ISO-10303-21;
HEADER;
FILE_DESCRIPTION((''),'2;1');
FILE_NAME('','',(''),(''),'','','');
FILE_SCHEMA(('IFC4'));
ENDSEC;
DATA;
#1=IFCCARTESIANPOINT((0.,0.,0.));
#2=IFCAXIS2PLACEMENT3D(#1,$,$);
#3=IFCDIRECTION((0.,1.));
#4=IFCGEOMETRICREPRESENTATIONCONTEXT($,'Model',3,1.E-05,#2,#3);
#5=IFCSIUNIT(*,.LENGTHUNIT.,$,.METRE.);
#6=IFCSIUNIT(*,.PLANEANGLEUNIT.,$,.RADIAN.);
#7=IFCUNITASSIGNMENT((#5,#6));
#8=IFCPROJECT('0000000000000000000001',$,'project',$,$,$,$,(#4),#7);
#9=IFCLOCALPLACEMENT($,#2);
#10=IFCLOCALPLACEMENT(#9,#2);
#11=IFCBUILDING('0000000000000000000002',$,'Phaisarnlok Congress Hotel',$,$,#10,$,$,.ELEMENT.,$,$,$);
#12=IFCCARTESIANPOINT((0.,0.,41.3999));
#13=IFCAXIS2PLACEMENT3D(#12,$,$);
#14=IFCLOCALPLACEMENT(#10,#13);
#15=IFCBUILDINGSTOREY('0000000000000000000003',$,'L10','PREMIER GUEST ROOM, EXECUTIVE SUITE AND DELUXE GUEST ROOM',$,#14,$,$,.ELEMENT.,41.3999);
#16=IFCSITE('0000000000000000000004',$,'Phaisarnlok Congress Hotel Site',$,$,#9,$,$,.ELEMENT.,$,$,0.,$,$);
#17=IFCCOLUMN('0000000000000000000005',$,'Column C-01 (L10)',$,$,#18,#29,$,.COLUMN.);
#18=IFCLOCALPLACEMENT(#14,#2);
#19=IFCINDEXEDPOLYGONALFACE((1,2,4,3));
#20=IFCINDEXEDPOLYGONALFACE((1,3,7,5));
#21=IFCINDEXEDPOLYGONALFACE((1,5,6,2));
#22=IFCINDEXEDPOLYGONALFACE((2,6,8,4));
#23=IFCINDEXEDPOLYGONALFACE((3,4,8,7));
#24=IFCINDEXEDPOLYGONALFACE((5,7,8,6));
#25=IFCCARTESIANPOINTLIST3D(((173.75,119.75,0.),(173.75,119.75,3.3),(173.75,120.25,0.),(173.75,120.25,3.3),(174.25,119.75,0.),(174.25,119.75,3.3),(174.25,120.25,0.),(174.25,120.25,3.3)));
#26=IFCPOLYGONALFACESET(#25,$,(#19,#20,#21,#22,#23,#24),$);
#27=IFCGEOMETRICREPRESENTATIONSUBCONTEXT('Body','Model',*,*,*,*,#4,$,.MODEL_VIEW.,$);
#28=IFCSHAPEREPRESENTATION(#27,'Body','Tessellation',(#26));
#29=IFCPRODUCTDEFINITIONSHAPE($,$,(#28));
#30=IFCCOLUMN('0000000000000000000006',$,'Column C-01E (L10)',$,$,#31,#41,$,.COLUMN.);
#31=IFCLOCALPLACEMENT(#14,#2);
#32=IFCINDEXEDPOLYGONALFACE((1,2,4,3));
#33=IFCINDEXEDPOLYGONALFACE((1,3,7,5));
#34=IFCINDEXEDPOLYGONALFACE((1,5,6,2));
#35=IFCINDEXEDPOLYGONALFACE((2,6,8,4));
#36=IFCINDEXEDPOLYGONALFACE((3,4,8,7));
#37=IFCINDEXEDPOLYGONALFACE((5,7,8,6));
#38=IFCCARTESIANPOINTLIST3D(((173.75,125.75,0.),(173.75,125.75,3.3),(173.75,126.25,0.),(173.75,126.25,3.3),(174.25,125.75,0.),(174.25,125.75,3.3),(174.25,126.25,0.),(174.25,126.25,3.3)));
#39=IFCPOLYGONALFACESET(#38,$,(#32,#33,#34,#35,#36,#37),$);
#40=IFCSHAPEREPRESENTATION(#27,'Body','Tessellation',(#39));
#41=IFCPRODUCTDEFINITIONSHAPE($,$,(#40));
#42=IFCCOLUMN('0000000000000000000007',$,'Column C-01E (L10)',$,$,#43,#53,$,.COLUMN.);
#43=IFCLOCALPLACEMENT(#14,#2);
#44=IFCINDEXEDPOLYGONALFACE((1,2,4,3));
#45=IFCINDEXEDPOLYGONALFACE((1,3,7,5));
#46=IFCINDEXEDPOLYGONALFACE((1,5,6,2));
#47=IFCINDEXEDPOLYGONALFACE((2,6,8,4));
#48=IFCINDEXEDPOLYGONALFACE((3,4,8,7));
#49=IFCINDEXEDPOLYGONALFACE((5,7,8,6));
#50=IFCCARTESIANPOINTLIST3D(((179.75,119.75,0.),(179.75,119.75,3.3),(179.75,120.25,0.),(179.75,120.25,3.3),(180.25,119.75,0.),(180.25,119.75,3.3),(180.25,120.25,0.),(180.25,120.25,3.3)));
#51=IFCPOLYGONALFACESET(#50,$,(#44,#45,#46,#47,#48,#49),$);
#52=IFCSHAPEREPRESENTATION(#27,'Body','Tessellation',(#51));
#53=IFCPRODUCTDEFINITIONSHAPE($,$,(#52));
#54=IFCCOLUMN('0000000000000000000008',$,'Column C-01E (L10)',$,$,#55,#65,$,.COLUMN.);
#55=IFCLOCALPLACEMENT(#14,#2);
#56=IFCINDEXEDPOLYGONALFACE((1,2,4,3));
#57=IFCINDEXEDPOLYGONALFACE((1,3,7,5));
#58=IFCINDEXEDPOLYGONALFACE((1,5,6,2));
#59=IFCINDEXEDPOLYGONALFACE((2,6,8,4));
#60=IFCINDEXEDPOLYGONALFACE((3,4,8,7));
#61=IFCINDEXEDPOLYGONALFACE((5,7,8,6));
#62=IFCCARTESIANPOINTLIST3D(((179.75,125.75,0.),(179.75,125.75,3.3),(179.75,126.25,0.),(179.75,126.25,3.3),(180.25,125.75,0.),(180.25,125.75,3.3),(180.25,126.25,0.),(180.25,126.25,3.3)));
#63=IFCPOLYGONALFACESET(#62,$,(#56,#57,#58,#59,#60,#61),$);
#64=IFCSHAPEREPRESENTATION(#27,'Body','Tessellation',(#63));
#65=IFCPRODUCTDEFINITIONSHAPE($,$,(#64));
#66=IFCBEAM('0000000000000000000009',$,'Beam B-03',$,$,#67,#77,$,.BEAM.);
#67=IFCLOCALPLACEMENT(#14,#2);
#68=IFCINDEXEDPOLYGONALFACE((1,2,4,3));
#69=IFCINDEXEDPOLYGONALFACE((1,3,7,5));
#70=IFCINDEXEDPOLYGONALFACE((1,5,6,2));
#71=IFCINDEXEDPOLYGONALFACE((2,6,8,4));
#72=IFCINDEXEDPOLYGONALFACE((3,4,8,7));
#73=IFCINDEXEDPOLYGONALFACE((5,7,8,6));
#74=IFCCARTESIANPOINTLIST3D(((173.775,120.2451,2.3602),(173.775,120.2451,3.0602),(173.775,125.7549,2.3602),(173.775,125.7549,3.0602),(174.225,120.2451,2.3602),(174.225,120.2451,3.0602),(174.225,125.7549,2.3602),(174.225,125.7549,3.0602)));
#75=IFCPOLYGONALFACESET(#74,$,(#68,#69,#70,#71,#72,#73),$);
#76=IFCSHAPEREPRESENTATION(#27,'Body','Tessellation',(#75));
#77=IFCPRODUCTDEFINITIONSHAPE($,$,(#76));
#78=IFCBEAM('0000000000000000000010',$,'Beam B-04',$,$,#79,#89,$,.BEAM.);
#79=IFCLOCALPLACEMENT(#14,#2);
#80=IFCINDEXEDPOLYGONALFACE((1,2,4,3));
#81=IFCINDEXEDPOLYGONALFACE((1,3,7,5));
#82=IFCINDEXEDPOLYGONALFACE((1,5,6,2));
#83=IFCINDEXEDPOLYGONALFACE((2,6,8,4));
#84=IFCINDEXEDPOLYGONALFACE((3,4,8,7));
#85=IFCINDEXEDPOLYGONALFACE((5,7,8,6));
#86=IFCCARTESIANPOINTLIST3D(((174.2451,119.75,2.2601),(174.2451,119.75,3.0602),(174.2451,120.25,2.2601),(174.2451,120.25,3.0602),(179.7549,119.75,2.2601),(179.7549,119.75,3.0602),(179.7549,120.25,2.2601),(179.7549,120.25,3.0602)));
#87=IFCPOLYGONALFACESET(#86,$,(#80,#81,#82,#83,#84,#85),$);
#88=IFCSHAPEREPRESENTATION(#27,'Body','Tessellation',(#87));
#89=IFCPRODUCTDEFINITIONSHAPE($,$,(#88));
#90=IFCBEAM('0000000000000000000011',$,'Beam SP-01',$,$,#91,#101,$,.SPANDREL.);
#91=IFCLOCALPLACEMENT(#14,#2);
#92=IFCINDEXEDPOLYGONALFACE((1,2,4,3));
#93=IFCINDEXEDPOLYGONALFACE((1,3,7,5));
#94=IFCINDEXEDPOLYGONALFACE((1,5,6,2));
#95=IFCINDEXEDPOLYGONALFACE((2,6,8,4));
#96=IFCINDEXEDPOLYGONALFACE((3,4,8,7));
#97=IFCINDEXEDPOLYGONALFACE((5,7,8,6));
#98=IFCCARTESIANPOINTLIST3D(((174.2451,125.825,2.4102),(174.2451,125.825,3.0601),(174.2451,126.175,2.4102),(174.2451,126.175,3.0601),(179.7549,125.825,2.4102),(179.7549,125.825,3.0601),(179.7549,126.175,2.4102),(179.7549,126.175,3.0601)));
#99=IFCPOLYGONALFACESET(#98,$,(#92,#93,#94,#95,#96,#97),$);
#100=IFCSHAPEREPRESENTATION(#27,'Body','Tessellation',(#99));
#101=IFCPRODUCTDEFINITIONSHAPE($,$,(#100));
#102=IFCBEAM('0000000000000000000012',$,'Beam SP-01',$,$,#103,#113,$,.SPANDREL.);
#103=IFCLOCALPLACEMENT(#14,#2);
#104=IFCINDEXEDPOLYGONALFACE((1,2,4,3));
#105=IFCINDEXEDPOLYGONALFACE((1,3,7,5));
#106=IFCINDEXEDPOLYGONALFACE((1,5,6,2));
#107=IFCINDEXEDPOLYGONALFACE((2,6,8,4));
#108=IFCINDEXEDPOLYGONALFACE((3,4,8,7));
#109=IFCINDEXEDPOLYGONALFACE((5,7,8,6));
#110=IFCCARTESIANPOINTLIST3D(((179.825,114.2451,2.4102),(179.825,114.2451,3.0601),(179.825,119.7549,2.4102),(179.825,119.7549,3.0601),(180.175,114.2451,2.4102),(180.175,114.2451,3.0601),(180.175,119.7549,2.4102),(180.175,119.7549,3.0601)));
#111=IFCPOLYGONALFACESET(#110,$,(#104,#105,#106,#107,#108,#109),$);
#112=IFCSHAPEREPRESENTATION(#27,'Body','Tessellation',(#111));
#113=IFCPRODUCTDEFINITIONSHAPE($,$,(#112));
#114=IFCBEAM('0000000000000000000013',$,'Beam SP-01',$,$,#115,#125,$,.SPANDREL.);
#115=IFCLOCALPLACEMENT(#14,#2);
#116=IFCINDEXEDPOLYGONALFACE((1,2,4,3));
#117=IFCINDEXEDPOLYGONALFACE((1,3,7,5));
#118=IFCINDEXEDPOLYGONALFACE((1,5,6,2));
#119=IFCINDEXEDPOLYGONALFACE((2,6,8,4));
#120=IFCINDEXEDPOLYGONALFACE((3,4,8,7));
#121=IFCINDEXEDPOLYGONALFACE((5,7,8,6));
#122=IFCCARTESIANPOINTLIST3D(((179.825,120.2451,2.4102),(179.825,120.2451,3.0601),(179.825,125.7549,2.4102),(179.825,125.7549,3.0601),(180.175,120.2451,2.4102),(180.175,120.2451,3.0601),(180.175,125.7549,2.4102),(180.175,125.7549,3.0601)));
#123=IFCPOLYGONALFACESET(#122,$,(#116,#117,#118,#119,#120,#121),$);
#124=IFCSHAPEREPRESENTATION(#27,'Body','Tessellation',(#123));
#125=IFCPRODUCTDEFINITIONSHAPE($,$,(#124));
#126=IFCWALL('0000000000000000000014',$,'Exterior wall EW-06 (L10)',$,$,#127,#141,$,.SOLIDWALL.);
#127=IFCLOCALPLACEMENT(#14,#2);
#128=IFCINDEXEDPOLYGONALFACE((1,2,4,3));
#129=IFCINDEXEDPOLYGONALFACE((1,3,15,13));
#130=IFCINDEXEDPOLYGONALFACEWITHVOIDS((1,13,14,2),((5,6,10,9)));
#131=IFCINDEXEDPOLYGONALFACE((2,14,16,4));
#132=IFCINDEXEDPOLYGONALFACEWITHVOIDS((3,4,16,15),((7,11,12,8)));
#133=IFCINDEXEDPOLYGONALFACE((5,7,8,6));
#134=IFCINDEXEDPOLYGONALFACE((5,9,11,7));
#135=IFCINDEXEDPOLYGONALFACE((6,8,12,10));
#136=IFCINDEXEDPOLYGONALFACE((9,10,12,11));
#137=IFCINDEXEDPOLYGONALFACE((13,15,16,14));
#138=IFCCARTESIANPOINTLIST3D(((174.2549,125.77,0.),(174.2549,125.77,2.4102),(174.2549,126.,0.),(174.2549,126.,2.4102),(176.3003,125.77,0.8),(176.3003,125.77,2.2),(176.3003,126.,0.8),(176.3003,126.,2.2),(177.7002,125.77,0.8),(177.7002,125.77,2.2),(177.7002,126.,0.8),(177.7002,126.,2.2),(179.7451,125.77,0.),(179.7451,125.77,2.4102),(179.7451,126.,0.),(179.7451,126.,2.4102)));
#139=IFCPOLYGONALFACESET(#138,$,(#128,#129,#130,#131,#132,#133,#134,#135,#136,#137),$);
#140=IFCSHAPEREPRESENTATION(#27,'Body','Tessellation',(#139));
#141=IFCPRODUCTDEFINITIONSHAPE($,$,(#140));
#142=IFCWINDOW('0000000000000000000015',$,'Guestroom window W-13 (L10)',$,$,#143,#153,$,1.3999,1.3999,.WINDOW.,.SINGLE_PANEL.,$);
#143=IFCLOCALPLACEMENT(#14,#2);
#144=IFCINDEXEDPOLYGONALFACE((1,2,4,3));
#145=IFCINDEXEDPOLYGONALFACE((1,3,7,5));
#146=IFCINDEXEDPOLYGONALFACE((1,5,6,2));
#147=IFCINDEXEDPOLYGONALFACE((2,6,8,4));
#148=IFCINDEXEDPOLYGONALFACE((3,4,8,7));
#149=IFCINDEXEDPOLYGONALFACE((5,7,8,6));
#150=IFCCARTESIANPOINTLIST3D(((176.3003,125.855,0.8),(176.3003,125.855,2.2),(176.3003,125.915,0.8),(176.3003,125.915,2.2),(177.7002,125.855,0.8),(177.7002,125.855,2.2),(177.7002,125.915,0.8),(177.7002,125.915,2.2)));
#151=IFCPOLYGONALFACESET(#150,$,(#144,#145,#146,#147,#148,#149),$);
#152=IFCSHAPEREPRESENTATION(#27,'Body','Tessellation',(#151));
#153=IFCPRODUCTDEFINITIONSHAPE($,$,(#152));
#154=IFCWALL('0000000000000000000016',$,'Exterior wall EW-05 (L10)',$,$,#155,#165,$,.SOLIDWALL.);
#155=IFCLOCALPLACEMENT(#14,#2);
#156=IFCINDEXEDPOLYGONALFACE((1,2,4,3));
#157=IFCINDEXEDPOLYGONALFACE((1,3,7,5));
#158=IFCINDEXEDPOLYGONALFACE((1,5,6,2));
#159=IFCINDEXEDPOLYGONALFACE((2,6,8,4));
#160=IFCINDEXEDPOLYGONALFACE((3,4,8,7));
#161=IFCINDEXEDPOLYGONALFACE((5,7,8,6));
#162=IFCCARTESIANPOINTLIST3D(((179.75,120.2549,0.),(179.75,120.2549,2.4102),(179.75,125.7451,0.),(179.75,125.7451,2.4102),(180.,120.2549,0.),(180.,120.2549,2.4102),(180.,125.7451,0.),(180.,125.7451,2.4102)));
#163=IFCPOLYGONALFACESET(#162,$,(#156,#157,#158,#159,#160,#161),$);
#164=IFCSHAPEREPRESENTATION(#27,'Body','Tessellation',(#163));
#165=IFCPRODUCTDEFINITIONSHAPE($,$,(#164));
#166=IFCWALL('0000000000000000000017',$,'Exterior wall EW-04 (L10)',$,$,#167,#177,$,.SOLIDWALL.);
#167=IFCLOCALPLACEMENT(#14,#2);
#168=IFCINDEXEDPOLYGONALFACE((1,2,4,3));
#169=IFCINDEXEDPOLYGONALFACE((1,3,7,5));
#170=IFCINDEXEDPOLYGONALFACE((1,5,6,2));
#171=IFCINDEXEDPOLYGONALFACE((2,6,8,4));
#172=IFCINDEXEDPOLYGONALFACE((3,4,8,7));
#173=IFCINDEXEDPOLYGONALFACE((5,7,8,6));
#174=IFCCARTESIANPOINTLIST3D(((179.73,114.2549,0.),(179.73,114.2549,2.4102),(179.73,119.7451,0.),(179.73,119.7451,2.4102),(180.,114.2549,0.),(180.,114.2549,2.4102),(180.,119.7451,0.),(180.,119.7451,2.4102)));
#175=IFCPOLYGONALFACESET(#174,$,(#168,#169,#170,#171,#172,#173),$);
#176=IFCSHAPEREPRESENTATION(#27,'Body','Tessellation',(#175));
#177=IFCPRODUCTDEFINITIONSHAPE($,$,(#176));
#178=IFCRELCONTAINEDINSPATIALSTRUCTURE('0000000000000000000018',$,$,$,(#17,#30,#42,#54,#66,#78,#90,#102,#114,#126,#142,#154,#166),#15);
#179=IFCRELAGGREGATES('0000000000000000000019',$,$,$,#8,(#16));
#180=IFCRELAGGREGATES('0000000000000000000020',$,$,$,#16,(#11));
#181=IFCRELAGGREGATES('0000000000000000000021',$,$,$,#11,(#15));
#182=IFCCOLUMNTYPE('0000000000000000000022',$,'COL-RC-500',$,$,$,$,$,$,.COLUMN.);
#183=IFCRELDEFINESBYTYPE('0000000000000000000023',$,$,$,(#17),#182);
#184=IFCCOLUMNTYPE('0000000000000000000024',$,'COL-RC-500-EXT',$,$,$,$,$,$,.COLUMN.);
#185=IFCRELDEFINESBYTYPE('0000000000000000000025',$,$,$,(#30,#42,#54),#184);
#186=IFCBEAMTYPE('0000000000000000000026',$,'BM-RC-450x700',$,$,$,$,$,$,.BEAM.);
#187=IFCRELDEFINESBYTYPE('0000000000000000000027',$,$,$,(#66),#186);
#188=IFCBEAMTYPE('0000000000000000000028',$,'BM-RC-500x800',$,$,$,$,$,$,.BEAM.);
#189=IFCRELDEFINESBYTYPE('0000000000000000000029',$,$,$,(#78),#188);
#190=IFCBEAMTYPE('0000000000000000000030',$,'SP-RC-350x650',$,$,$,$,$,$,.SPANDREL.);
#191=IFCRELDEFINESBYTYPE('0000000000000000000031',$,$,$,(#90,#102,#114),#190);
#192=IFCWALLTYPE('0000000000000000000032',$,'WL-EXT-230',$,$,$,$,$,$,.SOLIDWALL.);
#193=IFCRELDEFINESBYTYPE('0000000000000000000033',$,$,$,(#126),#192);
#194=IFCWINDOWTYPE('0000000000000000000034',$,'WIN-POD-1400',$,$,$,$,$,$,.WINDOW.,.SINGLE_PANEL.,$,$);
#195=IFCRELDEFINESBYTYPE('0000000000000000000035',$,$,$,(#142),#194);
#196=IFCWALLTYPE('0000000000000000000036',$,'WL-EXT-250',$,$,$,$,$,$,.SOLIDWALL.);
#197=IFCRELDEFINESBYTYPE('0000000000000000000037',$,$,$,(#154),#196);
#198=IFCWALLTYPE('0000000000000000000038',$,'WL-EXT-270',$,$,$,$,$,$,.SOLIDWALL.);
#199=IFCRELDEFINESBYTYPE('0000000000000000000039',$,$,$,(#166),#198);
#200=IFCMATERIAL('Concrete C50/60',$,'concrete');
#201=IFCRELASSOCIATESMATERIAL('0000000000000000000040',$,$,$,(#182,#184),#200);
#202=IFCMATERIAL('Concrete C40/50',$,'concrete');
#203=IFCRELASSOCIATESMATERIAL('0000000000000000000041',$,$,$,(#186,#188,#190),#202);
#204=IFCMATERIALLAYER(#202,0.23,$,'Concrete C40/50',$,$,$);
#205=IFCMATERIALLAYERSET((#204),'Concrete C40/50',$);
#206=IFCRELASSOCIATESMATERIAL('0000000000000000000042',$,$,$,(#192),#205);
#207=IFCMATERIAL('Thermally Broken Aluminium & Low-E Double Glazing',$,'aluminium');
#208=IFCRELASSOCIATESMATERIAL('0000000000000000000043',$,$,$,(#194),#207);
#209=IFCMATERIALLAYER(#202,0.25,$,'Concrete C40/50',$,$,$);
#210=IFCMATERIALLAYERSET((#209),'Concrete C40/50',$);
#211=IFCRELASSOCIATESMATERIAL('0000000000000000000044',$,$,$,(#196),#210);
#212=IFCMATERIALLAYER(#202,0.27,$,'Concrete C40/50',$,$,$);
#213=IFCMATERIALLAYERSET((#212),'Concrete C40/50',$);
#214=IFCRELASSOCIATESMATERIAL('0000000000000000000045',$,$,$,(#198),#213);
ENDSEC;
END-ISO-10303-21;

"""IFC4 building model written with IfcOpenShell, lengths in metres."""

from ifc_helpers import new_model, si_unit, direction, frame, frame_2d, origin, origin_2d, place, context, subcontext, project, spatial, rectangle, extrude, material, layer, layer_set, material_profile, profile_set, type_object, element, fill, save


model = new_model("IFC4")

# Units and contexts
model_context = context("Model", 3, precision=1e-05, world=origin(), true_north=direction((0.0, 1.0)))
body_context = subcontext(model_context, "Body", "Model", "MODEL_VIEW")
ifc_project = project(units=[si_unit("LENGTHUNIT", "METRE"), si_unit("PLANEANGLEUNIT", "RADIAN")], contexts=[model_context])

# Site, building, storey
site_placement = place(None, origin())
site = spatial("IfcSite", under=ifc_project, at=site_placement, Name="Phaisarnlok Congress Hotel Site", CompositionType="ELEMENT", RefElevation=0.0)
building_placement = place(site_placement, origin())
building = spatial("IfcBuilding", under=site, at=building_placement, Name="Phaisarnlok Congress Hotel", CompositionType="ELEMENT")
storey_placement = place(building_placement, frame((0.0, 0.0, 41.3999)))
storey = spatial("IfcBuildingStorey", under=building, at=storey_placement, Name="L10", Description="PREMIER GUEST ROOM, EXECUTIVE SUITE AND DELUXE GUEST ROOM", CompositionType="ELEMENT", Elevation=41.3999)

# Columns
ifc_material_1 = material(Name="Concrete C50/60", Category="concrete")
ifc_material_profile_1 = material_profile(ifc_material_1, rectangle(XDim=0.5, YDim=0.5, at=origin_2d()), Name="RC 500x500")
ifc_profile_set_1 = profile_set([ifc_material_profile_1], Name="Concrete C50/60")
column_type_1 = type_object("IfcColumnType", Name="COL-RC-500", PredefinedType="COLUMN", material=ifc_profile_set_1)
column_placement = place(storey_placement, frame((174.0, 120.0, 0.0), z_axis=(0.0, 0.0, 1.0), x_axis=(1.0, 0.0, 0.0)))
element("IfcColumn", 1, at=column_placement, inside=storey, type_object=column_type_1, Name="Column C-01 (L10)", PredefinedType="COLUMN", context=body_context, shape_type="SweptSolid", body=[
    extrude(rectangle(XDim=0.5, YDim=0.5, at=origin_2d()), origin(), (0.0, 0.0, 1.0), 3.3),
])
ifc_material_profile_2 = material_profile(ifc_material_1, rectangle(XDim=0.5, YDim=0.5, at=origin_2d()), Name="RC 500x500")
ifc_profile_set_2 = profile_set([ifc_material_profile_2], Name="Concrete C50/60")
column_type_2 = type_object("IfcColumnType", Name="COL-RC-500-EXT", PredefinedType="COLUMN", material=ifc_profile_set_2)
for number, where, z_axis, x_axis, name in (
    (2, (174.0, 126.0, 0.0), (0.0, 0.0, 1.0), (1.0, 0.0, 0.0), "Column C-01E (L10)"),
    (3, (180.0, 120.0, 0.0), (0.0, 0.0, 1.0), (1.0, 0.0, 0.0), "Column C-01E (L10)"),
    (4, (180.0, 126.0, 0.0), (0.0, 0.0, 1.0), (1.0, 0.0, 0.0), "Column C-01E (L10)"),
):
    element("IfcColumn", number, at=place(storey_placement, frame(where, z_axis=z_axis, x_axis=x_axis)), inside=storey, type_object=column_type_2, Name=name, PredefinedType="COLUMN", context=body_context, shape_type="SweptSolid", body=[
        extrude(rectangle(XDim=0.5, YDim=0.5, at=origin_2d()), origin(), (0.0, 0.0, 1.0), 3.3),
    ])

# Beams
ifc_material_2 = material(Name="Concrete C40/50", Category="concrete")
ifc_material_profile_3 = material_profile(ifc_material_2, rectangle(XDim=0.45, YDim=0.7, at=origin_2d()), Name="RC 450x700")
ifc_profile_set_3 = profile_set([ifc_material_profile_3], Name="Concrete C40/50")
beam_type_1 = type_object("IfcBeamType", Name="BM-RC-450x700", PredefinedType="BEAM", material=ifc_profile_set_3)
beam_1_placement = place(storey_placement, frame((174.0, 120.2451, 2.7102), z_axis=(0.0, 1.0, 0.0), x_axis=(-1.0, 0.0, 0.0)))
element("IfcBeam", 5, at=beam_1_placement, inside=storey, type_object=beam_type_1, Name="Beam B-03", PredefinedType="BEAM", context=body_context, shape_type="SweptSolid", body=[
    extrude(rectangle(XDim=0.45, YDim=0.7, at=origin_2d()), origin(), (0.0, 0.0, 1.0), 5.5098),
])
ifc_material_profile_4 = material_profile(ifc_material_2, rectangle(XDim=0.5, YDim=0.8, at=origin_2d()), Name="RC 500x800")
ifc_profile_set_4 = profile_set([ifc_material_profile_4], Name="Concrete C40/50")
beam_type_2 = type_object("IfcBeamType", Name="BM-RC-500x800", PredefinedType="BEAM", material=ifc_profile_set_4)
beam_2_placement = place(storey_placement, frame((174.2451, 120.0, 2.6602), z_axis=(1.0, 0.0, 0.0), x_axis=(0.0, 1.0, 0.0)))
element("IfcBeam", 6, at=beam_2_placement, inside=storey, type_object=beam_type_2, Name="Beam B-04", PredefinedType="BEAM", context=body_context, shape_type="SweptSolid", body=[
    extrude(rectangle(XDim=0.5, YDim=0.8, at=origin_2d()), origin(), (0.0, 0.0, 1.0), 5.5098),
])
ifc_material_profile_5 = material_profile(ifc_material_2, rectangle(XDim=0.3501, YDim=0.6499, at=origin_2d()), Name="RC 350x650")
ifc_profile_set_5 = profile_set([ifc_material_profile_5], Name="Concrete C40/50")
beam_type_3 = type_object("IfcBeamType", Name="SP-RC-350x650", PredefinedType="SPANDREL", material=ifc_profile_set_5)
for number, where, z_axis, x_axis, name in (
    (7, (174.2451, 126.0, 2.7351), (1.0, 0.0, 0.0), (0.0, 1.0, 0.0), "Beam SP-01"),
    (8, (180.0, 114.2451, 2.7351), (0.0, 1.0, 0.0), (-1.0, 0.0, 0.0), "Beam SP-01"),
    (9, (180.0, 120.2451, 2.7351), (0.0, 1.0, 0.0), (-1.0, 0.0, 0.0), "Beam SP-01"),
):
    element("IfcBeam", number, at=place(storey_placement, frame(where, z_axis=z_axis, x_axis=x_axis)), inside=storey, type_object=beam_type_3, Name=name, PredefinedType="SPANDREL", context=body_context, shape_type="SweptSolid", body=[
        extrude(rectangle(XDim=0.3501, YDim=0.6499, at=origin_2d()), origin(), (0.0, 0.0, 1.0), 5.5098),
    ])

# Wall, opening, window
ifc_layer_1 = layer(ifc_material_2, 0.23, Name="Concrete C40/50")
ifc_layer_set_1 = layer_set([ifc_layer_1], Name="Concrete C40/50")
wall_type_1 = type_object("IfcWallType", Name="WL-EXT-230", PredefinedType="SOLIDWALL", material=ifc_layer_set_1)
wall_1_placement = place(storey_placement, frame((179.7451, 125.885, 0.0), z_axis=(0.0, 0.0, 1.0), x_axis=(-1.0, 0.0, 0.0)))
wall_1 = element("IfcWall", 10, at=wall_1_placement, inside=storey, type_object=wall_type_1, Name="Exterior wall EW-06 (L10)", PredefinedType="SOLIDWALL", context=body_context, shape_type="SweptSolid", body=[
    extrude(rectangle(XDim=5.4902, YDim=0.23, at=frame_2d((2.7451, 0.0))), origin(), (0.0, 0.0, 1.0), 2.4102),
])
opening_1_placement = place(wall_1_placement, frame((2.0449, 0.0, 0.8)))
opening_1 = element("IfcOpeningElement", 11, at=opening_1_placement, cuts=wall_1, PredefinedType="OPENING", context=body_context, shape_type="SweptSolid", body=[
    extrude(rectangle(XDim=1.3999, YDim=1.3999, at=frame_2d((0.7, 0.7))), frame((0.0, 0.125, 0.0), z_axis=(0.0, -1.0, 0.0), x_axis=(1.0, 0.0, 0.0)), (0.0, 0.0, 1.0), 0.25),
])
ifc_material_3 = material(Name="Thermally Broken Aluminium & Low-E Double Glazing", Category="aluminium")
window_type = type_object("IfcWindowType", Name="WIN-POD-1400", PartitioningType="SINGLE_PANEL", PredefinedType="WINDOW", material=ifc_material_3)
window_placement = place(opening_1_placement, origin())
window = element("IfcWindow", 12, at=window_placement, inside=storey, type_object=window_type, Name="Guestroom window W-13 (L10)", OverallHeight=1.3999, OverallWidth=1.3999, PartitioningType="SINGLE_PANEL", PredefinedType="WINDOW", context=body_context, shape_type="SweptSolid", body=[
    extrude(rectangle(XDim=1.3999, YDim=1.3999, at=frame_2d((0.7, 0.7))), frame((0.0, 0.03, 0.0), z_axis=(0.0, -1.0, 0.0), x_axis=(1.0, 0.0, 0.0)), (0.0, 0.0, 1.0), 0.0601),
])
fill(opening_1, window)

# Walls
ifc_layer_2 = layer(ifc_material_2, 0.25, Name="Concrete C40/50")
ifc_layer_set_2 = layer_set([ifc_layer_2], Name="Concrete C40/50")
wall_type_2 = type_object("IfcWallType", Name="WL-EXT-250", PredefinedType="SOLIDWALL", material=ifc_layer_set_2)
wall_2_placement = place(storey_placement, frame((179.875, 120.2549, 0.0), z_axis=(0.0, 0.0, 1.0), x_axis=(0.0, 1.0, 0.0)))
element("IfcWall", 13, at=wall_2_placement, inside=storey, type_object=wall_type_2, Name="Exterior wall EW-05 (L10)", PredefinedType="SOLIDWALL", context=body_context, shape_type="SweptSolid", body=[
    extrude(rectangle(XDim=5.4902, YDim=0.25, at=frame_2d((2.7451, 0.0))), origin(), (0.0, 0.0, 1.0), 2.4102),
])
ifc_layer_3 = layer(ifc_material_2, 0.27, Name="Concrete C40/50")
ifc_layer_set_3 = layer_set([ifc_layer_3], Name="Concrete C40/50")
wall_type_3 = type_object("IfcWallType", Name="WL-EXT-270", PredefinedType="SOLIDWALL", material=ifc_layer_set_3)
wall_3_placement = place(storey_placement, frame((179.865, 114.2549, 0.0), z_axis=(0.0, 0.0, 1.0), x_axis=(0.0, 1.0, 0.0)))
element("IfcWall", 14, at=wall_3_placement, inside=storey, type_object=wall_type_3, Name="Exterior wall EW-04 (L10)", PredefinedType="SOLIDWALL", context=body_context, shape_type="SweptSolid", body=[
    extrude(rectangle(XDim=5.4902, YDim=0.27, at=frame_2d((2.7451, 0.0))), origin(), (0.0, 0.0, 1.0), 2.4102),
])

save(model, "model.ifc")
